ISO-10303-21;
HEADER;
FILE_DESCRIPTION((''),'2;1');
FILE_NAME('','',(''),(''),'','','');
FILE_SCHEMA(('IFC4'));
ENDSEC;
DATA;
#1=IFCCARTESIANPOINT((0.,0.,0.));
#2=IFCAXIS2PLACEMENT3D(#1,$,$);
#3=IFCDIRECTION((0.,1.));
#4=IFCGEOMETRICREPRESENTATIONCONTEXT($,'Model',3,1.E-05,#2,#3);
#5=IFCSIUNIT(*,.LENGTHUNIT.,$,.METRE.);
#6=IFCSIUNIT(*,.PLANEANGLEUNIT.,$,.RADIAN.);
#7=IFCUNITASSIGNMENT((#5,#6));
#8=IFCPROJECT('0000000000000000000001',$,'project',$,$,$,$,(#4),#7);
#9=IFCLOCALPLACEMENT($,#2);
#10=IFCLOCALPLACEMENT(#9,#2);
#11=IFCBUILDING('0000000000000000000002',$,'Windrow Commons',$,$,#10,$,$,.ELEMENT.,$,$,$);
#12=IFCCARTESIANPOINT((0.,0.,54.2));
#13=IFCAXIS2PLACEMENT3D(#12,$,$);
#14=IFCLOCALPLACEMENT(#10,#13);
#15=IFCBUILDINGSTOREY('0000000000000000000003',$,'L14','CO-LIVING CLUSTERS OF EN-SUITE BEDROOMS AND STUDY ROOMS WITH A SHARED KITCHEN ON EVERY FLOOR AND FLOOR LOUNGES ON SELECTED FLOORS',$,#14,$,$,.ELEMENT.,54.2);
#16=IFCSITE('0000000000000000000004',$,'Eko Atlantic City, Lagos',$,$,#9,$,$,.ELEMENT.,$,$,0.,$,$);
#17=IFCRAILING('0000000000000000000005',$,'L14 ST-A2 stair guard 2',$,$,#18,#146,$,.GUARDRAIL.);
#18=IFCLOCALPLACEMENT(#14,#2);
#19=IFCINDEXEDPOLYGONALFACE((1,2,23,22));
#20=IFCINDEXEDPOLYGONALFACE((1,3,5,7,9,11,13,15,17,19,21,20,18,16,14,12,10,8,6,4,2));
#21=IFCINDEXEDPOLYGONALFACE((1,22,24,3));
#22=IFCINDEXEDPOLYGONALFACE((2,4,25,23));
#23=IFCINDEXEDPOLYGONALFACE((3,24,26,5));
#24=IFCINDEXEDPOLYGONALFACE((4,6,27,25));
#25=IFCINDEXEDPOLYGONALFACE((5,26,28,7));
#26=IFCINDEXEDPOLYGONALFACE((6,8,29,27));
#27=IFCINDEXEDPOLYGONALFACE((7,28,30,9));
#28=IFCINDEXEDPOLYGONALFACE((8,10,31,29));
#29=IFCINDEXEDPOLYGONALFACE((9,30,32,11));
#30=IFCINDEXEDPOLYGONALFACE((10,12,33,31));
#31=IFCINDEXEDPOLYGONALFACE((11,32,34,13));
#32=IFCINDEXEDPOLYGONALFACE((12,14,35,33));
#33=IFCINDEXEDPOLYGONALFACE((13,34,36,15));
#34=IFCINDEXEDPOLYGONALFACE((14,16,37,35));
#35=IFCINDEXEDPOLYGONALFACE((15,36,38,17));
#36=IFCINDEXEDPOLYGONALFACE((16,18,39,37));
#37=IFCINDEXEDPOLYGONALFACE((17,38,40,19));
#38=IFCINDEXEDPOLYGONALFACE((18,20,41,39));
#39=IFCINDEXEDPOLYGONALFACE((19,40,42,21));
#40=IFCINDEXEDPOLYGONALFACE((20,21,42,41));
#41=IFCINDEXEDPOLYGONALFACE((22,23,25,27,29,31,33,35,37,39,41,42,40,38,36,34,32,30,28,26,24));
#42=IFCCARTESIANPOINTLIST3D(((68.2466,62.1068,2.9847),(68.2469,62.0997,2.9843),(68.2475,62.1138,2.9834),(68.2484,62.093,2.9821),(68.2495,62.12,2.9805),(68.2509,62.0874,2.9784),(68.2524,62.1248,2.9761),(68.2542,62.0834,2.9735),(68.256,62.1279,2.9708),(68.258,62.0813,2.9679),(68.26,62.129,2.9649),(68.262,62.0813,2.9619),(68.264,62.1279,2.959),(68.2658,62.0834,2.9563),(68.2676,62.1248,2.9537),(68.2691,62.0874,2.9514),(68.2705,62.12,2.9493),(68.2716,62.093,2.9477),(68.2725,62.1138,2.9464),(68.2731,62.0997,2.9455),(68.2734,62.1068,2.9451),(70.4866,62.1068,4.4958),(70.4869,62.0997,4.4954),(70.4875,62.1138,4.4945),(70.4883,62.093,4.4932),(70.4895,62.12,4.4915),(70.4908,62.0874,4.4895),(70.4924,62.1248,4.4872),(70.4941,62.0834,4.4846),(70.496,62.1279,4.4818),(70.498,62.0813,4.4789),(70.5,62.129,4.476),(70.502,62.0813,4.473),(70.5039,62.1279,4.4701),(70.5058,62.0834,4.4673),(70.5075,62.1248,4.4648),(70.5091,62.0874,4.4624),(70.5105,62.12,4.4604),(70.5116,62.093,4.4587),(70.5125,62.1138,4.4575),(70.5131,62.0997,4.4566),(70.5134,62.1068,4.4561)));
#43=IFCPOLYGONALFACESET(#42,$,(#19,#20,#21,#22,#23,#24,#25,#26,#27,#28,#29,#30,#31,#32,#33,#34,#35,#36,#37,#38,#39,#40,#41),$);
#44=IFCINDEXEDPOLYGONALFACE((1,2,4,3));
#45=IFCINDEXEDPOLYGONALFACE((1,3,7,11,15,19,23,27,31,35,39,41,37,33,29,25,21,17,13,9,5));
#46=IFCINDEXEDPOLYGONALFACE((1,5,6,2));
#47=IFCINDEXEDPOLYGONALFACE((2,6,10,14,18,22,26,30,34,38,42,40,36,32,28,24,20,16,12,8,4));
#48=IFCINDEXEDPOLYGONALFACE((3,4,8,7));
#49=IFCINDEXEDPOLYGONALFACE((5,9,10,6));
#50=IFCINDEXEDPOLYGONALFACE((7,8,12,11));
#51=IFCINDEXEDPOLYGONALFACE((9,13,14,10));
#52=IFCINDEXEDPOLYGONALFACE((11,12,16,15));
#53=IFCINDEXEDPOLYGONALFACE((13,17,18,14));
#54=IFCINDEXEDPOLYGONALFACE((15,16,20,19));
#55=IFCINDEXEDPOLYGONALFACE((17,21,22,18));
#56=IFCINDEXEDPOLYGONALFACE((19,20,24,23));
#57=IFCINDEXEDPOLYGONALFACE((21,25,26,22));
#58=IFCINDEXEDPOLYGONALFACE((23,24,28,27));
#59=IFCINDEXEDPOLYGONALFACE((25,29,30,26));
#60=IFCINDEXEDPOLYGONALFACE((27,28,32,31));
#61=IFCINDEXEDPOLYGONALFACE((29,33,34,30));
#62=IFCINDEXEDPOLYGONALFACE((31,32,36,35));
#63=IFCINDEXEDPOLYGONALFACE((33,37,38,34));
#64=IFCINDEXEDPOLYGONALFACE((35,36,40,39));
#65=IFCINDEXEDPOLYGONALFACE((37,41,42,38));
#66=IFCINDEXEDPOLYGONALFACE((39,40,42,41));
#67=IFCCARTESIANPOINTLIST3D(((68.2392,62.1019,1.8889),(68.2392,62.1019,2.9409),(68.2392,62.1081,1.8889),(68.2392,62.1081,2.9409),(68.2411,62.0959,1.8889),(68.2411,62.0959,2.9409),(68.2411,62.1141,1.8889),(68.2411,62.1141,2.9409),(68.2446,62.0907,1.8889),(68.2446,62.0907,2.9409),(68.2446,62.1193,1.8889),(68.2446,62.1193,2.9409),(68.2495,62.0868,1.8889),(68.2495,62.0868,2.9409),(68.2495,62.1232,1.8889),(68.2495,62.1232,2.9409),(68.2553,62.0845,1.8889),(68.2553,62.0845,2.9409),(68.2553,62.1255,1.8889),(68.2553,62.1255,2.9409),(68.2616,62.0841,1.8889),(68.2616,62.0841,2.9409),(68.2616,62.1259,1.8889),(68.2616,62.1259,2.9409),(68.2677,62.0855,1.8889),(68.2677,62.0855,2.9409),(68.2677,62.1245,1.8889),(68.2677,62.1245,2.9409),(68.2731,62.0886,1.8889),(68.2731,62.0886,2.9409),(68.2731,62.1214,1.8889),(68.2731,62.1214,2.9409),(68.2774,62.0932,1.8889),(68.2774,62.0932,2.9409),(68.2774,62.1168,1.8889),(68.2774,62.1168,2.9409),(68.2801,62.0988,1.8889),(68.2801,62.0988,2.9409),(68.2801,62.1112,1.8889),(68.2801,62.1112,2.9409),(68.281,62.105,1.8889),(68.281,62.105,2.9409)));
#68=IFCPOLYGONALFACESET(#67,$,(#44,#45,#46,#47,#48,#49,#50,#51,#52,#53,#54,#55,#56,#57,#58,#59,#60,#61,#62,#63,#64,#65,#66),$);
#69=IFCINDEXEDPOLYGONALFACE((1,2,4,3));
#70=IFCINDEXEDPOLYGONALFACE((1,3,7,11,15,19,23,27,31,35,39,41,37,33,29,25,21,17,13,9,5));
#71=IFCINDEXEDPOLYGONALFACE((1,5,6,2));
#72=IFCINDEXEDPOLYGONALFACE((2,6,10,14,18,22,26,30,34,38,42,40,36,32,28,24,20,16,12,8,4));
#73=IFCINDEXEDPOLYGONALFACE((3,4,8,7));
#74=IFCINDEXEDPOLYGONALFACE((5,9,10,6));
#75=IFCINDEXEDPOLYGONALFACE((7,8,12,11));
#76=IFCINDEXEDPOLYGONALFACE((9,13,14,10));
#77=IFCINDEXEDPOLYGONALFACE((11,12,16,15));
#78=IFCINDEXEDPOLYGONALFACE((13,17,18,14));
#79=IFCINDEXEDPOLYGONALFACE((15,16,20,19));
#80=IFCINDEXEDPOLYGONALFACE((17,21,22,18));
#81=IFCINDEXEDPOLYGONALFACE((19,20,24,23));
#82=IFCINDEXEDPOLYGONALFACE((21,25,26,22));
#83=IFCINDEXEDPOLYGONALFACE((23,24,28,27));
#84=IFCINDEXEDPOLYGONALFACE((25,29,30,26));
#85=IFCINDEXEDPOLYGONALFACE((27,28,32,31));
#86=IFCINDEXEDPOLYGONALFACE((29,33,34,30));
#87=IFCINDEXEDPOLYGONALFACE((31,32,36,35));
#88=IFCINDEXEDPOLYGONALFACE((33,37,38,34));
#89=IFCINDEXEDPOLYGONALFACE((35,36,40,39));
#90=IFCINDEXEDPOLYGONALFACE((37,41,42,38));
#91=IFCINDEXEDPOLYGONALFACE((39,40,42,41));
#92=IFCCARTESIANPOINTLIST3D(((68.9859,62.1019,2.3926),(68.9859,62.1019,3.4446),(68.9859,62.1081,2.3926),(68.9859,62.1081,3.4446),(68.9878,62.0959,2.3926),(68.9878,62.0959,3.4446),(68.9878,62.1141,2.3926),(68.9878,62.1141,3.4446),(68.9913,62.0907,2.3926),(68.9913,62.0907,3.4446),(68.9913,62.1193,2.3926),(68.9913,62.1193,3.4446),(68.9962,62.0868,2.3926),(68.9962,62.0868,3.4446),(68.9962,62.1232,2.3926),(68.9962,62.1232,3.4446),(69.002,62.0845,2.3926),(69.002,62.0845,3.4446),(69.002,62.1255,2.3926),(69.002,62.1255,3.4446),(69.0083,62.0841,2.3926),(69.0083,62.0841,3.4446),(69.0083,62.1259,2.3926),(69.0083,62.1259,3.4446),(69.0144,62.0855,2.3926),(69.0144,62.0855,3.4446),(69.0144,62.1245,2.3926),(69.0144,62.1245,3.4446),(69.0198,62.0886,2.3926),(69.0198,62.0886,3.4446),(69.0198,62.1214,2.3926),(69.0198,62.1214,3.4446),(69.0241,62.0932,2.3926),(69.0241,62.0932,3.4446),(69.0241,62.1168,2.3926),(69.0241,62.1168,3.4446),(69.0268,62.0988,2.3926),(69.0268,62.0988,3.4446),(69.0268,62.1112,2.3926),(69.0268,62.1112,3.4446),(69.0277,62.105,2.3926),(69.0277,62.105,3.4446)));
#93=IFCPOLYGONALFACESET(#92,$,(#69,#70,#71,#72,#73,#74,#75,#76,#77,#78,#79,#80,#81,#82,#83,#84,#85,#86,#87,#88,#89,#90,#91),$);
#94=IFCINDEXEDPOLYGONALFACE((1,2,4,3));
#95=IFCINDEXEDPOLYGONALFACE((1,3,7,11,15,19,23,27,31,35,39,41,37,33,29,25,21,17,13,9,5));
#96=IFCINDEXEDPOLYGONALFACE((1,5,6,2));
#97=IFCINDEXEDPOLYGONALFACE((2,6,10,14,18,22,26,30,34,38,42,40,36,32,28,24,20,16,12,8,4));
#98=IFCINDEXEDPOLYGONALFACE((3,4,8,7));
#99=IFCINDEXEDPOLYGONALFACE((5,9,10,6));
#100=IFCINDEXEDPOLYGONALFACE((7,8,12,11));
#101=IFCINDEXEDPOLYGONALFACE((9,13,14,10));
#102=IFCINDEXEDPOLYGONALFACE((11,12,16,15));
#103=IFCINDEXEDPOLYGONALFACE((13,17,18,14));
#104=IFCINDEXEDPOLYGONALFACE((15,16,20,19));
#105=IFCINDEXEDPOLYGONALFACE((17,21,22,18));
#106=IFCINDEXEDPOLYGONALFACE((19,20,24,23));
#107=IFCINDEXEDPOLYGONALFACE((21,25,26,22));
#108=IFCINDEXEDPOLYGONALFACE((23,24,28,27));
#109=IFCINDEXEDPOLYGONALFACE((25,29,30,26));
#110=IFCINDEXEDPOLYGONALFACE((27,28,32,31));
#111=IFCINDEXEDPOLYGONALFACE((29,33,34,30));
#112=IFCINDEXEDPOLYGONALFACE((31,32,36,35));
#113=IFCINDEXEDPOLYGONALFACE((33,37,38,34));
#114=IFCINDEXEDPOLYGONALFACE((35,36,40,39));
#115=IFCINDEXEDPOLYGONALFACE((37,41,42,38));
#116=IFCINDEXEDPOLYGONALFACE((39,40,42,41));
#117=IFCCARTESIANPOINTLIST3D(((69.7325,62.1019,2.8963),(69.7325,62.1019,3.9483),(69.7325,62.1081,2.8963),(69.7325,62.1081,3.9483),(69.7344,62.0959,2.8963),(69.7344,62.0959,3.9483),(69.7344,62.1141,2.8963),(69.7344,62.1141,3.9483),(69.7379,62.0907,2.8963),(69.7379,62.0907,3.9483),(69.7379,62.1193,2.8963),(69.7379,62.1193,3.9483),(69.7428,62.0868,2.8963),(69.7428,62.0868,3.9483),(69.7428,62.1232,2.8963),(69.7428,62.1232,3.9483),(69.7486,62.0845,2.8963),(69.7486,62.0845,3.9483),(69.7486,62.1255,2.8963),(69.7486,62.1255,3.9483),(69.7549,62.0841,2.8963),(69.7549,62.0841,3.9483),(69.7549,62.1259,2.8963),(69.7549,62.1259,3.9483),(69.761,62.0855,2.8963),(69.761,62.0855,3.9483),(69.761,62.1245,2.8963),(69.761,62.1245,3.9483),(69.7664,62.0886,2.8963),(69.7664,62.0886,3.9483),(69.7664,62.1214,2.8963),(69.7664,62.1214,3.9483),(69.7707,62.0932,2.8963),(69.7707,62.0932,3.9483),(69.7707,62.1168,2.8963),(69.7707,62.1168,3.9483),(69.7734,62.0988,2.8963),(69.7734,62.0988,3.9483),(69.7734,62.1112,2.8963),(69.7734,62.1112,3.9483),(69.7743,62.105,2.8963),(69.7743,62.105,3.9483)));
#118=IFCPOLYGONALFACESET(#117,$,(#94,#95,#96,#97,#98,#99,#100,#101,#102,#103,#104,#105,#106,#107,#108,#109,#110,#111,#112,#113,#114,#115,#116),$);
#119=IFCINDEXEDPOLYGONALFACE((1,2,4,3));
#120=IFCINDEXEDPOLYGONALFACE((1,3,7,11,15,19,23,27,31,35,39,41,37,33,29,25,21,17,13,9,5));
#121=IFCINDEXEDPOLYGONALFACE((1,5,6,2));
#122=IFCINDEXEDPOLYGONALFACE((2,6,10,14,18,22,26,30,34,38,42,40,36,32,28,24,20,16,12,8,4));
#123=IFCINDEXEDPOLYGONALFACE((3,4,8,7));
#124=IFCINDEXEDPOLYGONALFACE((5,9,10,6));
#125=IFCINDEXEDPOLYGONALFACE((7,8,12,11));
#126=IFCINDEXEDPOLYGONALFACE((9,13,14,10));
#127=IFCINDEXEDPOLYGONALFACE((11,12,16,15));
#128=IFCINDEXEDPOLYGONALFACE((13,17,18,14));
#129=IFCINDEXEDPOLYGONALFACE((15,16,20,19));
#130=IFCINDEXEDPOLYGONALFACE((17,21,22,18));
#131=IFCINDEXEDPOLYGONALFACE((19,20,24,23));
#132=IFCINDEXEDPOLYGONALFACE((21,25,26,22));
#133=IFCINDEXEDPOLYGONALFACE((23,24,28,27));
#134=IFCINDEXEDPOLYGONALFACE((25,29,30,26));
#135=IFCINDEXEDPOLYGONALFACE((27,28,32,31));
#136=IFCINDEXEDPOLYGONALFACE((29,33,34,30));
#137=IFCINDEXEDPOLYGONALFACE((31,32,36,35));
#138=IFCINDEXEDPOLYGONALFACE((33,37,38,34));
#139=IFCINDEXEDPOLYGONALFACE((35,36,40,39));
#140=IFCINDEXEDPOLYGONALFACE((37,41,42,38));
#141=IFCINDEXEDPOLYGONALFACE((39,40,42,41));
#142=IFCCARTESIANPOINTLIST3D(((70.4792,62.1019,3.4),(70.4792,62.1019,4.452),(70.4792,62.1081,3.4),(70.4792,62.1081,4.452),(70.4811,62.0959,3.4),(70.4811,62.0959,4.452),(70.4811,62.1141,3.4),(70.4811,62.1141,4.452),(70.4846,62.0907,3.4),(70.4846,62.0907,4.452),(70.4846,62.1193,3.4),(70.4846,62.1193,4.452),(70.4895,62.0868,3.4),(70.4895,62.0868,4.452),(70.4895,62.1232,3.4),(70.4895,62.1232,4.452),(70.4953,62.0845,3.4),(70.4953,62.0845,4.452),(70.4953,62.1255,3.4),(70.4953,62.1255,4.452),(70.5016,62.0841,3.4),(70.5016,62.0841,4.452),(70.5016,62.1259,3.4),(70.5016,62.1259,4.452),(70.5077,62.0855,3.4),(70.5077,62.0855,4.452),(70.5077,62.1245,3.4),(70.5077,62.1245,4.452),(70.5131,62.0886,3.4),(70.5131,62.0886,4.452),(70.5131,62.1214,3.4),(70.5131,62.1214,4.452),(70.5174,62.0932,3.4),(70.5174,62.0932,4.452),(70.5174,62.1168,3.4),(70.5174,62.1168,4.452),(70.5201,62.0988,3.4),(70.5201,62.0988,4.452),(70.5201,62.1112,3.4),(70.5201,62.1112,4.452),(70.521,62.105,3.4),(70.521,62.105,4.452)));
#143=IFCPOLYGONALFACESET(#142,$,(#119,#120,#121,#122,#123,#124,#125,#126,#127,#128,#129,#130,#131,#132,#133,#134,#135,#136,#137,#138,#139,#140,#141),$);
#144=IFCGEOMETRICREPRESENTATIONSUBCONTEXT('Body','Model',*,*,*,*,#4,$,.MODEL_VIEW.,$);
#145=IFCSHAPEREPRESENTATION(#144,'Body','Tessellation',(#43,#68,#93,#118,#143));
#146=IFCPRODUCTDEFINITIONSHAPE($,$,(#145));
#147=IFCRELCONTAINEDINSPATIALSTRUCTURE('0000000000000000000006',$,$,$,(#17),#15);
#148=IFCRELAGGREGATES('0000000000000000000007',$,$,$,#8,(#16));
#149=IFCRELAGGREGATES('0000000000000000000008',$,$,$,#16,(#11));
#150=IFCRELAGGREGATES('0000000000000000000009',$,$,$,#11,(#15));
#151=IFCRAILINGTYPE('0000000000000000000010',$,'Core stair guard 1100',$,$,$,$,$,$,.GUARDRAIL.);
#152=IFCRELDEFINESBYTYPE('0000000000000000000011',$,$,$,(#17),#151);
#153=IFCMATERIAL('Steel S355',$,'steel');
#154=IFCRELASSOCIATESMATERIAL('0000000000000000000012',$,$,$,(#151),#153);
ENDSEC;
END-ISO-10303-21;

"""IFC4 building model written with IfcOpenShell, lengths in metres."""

from ifc_helpers import new_model, si_unit, direction, frame, origin, origin_2d, place, context, subcontext, project, spatial, circle, extrude, material, type_object, element, save


model = new_model("IFC4")

# Units and contexts
model_context = context("Model", 3, precision=1e-05, world=origin(), true_north=direction((0.0, 1.0)))
body_context = subcontext(model_context, "Body", "Model", "MODEL_VIEW")
ifc_project = project(units=[si_unit("LENGTHUNIT", "METRE"), si_unit("PLANEANGLEUNIT", "RADIAN")], contexts=[model_context])

# Site, building, storey
site_placement = place(None, origin())
site = spatial("IfcSite", under=ifc_project, at=site_placement, Name="Eko Atlantic City, Lagos", CompositionType="ELEMENT", RefElevation=0.0)
building_placement = place(site_placement, origin())
building = spatial("IfcBuilding", under=site, at=building_placement, Name="Windrow Commons", CompositionType="ELEMENT")
storey_placement = place(building_placement, frame((0.0, 0.0, 54.2)))
storey = spatial("IfcBuildingStorey", under=building, at=storey_placement, Name="L14", Description="CO-LIVING CLUSTERS OF EN-SUITE BEDROOMS AND STUDY ROOMS WITH A SHARED KITCHEN ON EVERY FLOOR AND FLOOR LOUNGES ON SELECTED FLOORS", CompositionType="ELEMENT", Elevation=54.2)

# Railing
ifc_material_1 = material(Name="Steel S355", Category="steel")
railing_type_1 = type_object("IfcRailingType", Name="Core stair guard 1100", PredefinedType="GUARDRAIL", material=ifc_material_1)
railing_1_placement = place(storey_placement, frame((68.26, 62.105, 1.8889)))
element("IfcRailing", 1, at=railing_1_placement, inside=storey, type_object=railing_type_1, Name="L14 ST-A2 stair guard 2", PredefinedType="GUARDRAIL", context=body_context, shape_type="SweptSolid", body=[
    extrude(circle(Radius=0.024, at=origin_2d()), frame((0.0, 0.0, 1.076), z_axis=(0.829003, 0.0, 0.559244), x_axis=(0.0, 1.0, 0.0)), (0.0, 0.0, 1.0), 2.702),
    extrude(circle(Radius=0.021, at=origin_2d()), origin(), (0.0, 0.0, 1.0), 1.052),
    extrude(circle(Radius=0.021, at=origin_2d()), frame((0.7467, 0.0, 0.5037)), (0.0, 0.0, 1.0), 1.052),
    extrude(circle(Radius=0.021, at=origin_2d()), frame((1.4933, 0.0, 1.0074)), (0.0, 0.0, 1.0), 1.052),
    extrude(circle(Radius=0.021, at=origin_2d()), frame((2.24, 0.0, 1.5111)), (0.0, 0.0, 1.0), 1.052),
])

save(model, "model.ifc")
